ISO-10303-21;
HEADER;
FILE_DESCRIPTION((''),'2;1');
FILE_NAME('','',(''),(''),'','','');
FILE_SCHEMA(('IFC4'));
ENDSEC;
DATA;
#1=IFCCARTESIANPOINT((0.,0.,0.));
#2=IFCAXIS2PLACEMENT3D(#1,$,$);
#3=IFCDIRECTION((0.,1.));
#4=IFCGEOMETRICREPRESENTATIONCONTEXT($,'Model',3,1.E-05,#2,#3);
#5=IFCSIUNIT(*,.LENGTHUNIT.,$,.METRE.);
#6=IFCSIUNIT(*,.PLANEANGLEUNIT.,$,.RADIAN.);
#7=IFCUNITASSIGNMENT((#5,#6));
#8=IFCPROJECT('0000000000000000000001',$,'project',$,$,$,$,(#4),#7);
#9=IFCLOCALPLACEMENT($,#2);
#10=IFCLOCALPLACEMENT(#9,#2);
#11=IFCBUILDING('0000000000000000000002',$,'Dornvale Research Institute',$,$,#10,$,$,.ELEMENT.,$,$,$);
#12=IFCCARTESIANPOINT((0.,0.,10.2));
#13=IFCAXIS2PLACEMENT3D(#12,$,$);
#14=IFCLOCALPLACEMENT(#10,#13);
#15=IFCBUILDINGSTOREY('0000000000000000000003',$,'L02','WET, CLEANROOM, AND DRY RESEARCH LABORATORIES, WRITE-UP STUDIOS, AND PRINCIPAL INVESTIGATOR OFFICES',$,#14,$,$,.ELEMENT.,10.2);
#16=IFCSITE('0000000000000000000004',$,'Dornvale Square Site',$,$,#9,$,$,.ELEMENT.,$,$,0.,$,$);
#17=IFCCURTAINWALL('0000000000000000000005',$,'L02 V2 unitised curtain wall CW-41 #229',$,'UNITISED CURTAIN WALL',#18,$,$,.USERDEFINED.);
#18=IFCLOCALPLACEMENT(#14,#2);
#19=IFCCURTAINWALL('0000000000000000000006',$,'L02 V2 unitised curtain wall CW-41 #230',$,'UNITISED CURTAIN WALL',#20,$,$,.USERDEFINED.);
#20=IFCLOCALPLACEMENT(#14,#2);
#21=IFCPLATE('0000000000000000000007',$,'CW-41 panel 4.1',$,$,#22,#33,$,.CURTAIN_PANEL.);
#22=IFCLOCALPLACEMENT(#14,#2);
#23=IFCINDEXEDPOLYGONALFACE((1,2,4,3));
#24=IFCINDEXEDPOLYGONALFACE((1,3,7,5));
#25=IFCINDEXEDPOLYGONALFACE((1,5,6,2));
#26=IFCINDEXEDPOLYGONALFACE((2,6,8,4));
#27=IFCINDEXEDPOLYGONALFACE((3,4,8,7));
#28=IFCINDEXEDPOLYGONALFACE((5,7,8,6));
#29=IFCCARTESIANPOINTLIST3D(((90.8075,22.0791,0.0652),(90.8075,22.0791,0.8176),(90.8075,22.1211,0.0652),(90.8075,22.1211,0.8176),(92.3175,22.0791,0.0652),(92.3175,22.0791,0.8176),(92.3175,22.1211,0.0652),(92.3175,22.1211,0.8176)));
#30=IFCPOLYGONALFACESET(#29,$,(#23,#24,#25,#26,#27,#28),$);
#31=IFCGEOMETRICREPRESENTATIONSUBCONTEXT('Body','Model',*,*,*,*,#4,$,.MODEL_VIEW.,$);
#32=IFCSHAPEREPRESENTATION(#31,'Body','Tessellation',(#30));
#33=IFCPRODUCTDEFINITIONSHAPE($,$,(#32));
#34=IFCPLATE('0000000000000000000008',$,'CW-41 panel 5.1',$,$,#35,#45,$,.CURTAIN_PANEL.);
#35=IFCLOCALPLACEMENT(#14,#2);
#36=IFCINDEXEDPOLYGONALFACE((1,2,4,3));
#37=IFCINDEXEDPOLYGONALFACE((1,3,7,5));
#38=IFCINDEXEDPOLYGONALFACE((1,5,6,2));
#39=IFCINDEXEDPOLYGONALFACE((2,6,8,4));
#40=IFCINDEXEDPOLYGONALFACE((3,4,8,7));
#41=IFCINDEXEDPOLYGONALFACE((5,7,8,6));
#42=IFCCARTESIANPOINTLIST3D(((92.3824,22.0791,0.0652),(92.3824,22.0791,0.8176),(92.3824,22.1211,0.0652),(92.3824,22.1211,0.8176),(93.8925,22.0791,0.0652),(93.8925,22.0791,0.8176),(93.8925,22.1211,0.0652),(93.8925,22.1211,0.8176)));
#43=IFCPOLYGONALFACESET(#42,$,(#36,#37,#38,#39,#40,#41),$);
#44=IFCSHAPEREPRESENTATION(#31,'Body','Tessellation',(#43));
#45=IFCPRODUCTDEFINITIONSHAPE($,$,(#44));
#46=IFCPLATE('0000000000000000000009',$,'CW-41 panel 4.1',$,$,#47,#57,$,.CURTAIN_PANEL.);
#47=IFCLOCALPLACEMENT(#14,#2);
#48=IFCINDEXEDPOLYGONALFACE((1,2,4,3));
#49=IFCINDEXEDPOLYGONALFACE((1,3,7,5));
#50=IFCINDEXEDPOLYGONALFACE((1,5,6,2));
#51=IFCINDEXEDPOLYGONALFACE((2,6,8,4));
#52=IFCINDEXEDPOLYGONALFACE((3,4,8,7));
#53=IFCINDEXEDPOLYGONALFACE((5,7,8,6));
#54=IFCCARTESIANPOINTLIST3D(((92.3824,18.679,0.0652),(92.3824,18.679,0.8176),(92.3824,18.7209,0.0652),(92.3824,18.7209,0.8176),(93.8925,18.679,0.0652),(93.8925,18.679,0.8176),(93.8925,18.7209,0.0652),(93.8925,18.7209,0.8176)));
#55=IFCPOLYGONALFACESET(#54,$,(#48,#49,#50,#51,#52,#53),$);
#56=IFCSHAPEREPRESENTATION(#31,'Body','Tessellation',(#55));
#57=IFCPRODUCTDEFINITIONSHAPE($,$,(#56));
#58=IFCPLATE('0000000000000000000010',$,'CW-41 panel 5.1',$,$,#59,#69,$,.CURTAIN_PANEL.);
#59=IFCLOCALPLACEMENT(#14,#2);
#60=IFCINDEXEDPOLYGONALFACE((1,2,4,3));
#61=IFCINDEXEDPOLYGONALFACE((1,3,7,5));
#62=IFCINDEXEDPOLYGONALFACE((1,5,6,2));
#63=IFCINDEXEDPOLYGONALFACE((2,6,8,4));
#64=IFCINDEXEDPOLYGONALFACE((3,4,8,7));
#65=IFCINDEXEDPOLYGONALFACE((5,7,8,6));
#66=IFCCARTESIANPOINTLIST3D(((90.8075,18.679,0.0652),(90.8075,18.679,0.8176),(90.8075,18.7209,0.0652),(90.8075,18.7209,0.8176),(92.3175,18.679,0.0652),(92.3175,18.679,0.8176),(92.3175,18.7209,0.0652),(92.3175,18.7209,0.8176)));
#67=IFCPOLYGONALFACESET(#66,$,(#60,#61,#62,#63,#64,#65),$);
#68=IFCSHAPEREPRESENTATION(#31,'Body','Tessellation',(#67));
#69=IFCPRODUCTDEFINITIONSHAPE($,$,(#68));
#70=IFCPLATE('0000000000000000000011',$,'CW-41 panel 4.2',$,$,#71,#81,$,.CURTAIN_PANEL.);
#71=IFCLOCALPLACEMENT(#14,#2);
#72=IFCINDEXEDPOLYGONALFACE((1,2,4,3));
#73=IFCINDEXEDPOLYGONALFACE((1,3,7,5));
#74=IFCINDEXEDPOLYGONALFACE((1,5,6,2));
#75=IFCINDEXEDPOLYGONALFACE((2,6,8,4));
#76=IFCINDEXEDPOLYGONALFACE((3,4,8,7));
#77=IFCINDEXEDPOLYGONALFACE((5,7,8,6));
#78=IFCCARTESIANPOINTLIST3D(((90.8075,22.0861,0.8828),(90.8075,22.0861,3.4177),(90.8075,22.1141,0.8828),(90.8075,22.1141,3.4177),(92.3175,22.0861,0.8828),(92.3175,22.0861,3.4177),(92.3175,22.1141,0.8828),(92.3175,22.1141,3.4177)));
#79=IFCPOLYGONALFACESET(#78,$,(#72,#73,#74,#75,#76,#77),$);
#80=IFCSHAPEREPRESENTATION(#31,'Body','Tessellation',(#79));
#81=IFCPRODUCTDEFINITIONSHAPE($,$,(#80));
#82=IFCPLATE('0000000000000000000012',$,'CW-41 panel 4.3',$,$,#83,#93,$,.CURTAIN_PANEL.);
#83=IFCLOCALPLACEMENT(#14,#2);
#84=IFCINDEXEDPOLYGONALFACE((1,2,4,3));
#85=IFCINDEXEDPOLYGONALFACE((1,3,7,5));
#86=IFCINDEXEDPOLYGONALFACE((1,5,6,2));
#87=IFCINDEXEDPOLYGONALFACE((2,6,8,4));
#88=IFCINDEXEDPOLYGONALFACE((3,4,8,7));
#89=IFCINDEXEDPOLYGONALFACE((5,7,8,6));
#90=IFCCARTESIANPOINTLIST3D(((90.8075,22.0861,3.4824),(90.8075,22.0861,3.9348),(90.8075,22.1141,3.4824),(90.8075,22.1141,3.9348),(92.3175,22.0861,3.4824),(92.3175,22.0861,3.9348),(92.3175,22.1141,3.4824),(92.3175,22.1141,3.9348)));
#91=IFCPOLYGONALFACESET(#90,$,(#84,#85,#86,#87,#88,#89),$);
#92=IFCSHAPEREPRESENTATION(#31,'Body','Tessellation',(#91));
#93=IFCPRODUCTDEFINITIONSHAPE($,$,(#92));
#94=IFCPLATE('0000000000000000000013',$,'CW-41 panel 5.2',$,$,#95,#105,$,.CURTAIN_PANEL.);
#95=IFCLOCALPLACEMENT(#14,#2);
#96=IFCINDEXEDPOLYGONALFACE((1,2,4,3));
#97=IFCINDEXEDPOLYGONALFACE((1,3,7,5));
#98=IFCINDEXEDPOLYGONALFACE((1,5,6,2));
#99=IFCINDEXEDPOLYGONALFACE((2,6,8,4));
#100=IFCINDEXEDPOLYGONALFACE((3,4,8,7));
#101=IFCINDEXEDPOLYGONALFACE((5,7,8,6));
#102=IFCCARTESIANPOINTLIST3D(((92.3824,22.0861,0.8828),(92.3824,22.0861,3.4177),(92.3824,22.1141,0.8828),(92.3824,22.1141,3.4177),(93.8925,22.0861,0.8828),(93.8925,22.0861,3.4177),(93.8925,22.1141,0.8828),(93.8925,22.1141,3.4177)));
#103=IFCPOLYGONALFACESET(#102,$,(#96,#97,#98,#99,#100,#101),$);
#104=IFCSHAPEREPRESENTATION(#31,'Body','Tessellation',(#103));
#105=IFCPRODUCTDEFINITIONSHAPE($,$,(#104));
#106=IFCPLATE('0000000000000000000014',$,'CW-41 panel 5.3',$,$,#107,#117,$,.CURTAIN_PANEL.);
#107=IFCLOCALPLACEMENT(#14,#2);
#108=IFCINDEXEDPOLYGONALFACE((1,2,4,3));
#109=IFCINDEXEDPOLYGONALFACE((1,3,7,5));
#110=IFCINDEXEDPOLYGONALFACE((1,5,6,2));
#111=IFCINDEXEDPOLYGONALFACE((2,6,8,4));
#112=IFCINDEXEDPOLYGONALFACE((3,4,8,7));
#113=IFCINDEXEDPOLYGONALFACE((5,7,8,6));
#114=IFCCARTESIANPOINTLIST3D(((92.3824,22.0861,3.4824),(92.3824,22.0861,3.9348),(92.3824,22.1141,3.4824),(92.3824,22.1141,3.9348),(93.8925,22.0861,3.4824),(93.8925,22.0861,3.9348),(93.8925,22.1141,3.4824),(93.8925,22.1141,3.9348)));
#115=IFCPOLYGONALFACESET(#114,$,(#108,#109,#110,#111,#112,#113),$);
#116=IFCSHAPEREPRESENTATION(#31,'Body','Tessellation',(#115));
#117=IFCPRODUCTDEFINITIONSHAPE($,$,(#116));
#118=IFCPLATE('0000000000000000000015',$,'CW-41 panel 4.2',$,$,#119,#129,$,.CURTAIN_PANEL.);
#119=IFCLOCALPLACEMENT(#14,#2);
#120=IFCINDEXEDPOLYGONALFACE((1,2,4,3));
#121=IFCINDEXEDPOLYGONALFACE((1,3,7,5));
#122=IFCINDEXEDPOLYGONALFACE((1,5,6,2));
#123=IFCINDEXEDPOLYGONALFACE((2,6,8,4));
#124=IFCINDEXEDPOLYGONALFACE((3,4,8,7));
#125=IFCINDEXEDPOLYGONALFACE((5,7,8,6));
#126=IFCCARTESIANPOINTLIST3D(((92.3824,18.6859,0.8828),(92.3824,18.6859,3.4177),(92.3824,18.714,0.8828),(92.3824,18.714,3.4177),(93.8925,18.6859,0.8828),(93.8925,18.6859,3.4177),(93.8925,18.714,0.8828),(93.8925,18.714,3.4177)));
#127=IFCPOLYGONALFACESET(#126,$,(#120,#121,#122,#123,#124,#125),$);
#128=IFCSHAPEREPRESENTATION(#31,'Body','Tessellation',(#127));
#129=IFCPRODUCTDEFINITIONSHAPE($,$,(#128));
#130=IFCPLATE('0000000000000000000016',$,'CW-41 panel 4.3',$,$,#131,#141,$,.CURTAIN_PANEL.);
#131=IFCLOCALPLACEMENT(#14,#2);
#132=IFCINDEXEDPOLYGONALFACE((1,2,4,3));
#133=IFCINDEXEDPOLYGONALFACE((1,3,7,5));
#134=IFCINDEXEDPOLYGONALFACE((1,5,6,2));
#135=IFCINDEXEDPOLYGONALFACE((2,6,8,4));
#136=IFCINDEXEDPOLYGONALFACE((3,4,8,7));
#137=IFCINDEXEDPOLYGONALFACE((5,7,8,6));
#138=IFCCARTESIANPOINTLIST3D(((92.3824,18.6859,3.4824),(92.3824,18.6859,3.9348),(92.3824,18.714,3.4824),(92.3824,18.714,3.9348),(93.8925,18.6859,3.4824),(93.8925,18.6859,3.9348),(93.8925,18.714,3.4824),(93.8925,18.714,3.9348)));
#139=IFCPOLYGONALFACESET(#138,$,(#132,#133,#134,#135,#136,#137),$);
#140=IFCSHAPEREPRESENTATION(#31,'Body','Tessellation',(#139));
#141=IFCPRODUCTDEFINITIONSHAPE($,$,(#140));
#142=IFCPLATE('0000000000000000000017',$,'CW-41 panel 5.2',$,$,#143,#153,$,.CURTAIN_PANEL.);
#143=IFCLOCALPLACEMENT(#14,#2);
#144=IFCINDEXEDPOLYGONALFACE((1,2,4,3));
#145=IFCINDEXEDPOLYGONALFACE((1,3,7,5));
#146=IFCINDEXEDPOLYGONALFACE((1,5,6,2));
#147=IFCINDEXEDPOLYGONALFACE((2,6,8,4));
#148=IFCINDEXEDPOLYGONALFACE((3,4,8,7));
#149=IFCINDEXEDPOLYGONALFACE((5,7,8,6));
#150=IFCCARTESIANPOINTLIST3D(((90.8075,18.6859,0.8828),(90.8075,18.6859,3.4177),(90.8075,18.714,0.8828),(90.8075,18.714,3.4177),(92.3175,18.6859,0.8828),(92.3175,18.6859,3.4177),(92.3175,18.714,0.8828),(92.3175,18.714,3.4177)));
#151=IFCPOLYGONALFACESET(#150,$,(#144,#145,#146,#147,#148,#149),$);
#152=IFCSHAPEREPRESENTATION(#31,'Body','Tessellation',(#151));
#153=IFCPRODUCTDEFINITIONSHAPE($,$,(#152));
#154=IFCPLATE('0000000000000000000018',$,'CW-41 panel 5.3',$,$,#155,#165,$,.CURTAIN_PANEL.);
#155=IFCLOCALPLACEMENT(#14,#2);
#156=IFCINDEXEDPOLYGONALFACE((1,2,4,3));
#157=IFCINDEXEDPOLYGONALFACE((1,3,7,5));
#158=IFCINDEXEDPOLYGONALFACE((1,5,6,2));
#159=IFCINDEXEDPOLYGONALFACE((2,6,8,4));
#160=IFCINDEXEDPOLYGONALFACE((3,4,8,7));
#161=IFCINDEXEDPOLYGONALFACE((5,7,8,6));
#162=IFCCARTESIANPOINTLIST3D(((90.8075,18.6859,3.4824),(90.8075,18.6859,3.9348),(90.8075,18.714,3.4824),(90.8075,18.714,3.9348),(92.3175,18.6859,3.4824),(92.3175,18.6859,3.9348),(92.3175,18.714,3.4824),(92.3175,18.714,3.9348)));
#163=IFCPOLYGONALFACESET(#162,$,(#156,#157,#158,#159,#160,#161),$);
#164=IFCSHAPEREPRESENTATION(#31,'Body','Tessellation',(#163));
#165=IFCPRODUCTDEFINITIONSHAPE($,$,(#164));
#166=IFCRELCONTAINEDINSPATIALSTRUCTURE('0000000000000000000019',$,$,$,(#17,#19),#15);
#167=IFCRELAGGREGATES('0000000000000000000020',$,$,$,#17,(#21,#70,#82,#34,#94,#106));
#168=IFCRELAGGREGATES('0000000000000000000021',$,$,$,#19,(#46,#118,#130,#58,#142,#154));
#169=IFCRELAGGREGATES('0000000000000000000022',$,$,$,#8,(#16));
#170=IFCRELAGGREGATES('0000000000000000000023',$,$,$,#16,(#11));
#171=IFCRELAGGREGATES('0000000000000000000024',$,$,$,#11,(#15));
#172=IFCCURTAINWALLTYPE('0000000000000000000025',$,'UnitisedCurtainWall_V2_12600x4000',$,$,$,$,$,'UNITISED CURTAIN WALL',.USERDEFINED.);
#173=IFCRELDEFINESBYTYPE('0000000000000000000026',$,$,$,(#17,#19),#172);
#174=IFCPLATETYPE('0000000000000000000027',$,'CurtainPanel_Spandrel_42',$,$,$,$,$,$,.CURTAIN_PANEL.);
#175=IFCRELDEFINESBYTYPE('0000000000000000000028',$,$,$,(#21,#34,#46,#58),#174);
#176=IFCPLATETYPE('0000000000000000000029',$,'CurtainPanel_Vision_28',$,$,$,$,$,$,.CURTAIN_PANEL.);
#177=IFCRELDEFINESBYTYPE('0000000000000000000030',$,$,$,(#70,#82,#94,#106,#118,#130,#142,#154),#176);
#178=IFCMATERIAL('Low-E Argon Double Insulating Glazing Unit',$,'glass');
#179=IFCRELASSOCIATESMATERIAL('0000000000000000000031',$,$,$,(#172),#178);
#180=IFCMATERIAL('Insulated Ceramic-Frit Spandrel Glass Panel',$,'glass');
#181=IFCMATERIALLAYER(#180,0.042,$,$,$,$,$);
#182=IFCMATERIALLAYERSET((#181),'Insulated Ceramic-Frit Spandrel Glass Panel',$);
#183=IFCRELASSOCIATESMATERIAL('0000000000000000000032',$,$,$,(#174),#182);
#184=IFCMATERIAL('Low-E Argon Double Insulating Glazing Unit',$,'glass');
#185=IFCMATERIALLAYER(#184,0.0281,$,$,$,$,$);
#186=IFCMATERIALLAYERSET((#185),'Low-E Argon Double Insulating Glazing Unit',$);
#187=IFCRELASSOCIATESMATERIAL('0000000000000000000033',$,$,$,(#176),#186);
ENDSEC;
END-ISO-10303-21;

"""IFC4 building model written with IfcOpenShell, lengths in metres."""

from ifc_helpers import new_model, si_unit, direction, frame, origin, origin_2d, place, context, subcontext, project, spatial, rectangle, extrude, material, layer, layer_set, type_object, element, aggregate, save


model = new_model("IFC4")

# Units and contexts
model_context = context("Model", 3, precision=1e-05, world=origin(), true_north=direction((0.0, 1.0)))
body_context = subcontext(model_context, "Body", "Model", "MODEL_VIEW")
ifc_project = project(units=[si_unit("LENGTHUNIT", "METRE"), si_unit("PLANEANGLEUNIT", "RADIAN")], contexts=[model_context])

# Site, building, storey
site_placement = place(None, origin())
site = spatial("IfcSite", under=ifc_project, at=site_placement, Name="Dornvale Square Site", CompositionType="ELEMENT", RefElevation=0.0)
building_placement = place(site_placement, origin())
building = spatial("IfcBuilding", under=site, at=building_placement, Name="Dornvale Research Institute", CompositionType="ELEMENT")
storey_placement = place(building_placement, frame((0.0, 0.0, 10.2)))
storey = spatial("IfcBuildingStorey", under=building, at=storey_placement, Name="L02", Description="WET, CLEANROOM, AND DRY RESEARCH LABORATORIES, WRITE-UP STUDIOS, AND PRINCIPAL INVESTIGATOR OFFICES", CompositionType="ELEMENT", Elevation=10.2)

# Curtain walls
ifc_material_1 = material(Name="Low-E Argon Double Insulating Glazing Unit", Category="glass")
curtain_wall_type = type_object("IfcCurtainWallType", Name="UnitisedCurtainWall_V2_12600x4000", ElementType="UNITISED CURTAIN WALL", PredefinedType="USERDEFINED", material=ifc_material_1)
curtain_wall_1_placement = place(storey_placement, origin())
curtain_wall_1 = element("IfcCurtainWall", 1, at=curtain_wall_1_placement, inside=storey, type_object=curtain_wall_type, Name="L02 V2 unitised curtain wall CW-41 #229", ObjectType="UNITISED CURTAIN WALL", PredefinedType="USERDEFINED")
curtain_wall_2_placement = place(storey_placement, origin())
curtain_wall_2 = element("IfcCurtainWall", 2, at=curtain_wall_2_placement, inside=storey, type_object=curtain_wall_type, Name="L02 V2 unitised curtain wall CW-41 #230", ObjectType="UNITISED CURTAIN WALL", PredefinedType="USERDEFINED")

# Plates
ifc_material_2 = material(Name="Insulated Ceramic-Frit Spandrel Glass Panel", Category="glass")
ifc_layer_1 = layer(ifc_material_2, 0.042)
ifc_layer_set_1 = layer_set([ifc_layer_1], Name="Insulated Ceramic-Frit Spandrel Glass Panel")
plate_type_1 = type_object("IfcPlateType", Name="CurtainPanel_Spandrel_42", PredefinedType="CURTAIN_PANEL", material=ifc_layer_set_1)
plate_1_placement = place(storey_placement, frame((91.5625, 22.1001, 0.0652), z_axis=(0.0, 0.0, 1.0), x_axis=(1.0, 0.0, 0.0)))
plate_1 = element("IfcPlate", 3, at=plate_1_placement, type_object=plate_type_1, Name="CW-41 panel 4.1", PredefinedType="CURTAIN_PANEL", context=body_context, shape_type="SweptSolid", body=[
    extrude(rectangle(XDim=1.51, YDim=0.042, at=origin_2d()), origin(), (0.0, 0.0, 1.0), 0.7524),
])
plate_2_placement = place(storey_placement, frame((93.1375, 22.1001, 0.0652), z_axis=(0.0, 0.0, 1.0), x_axis=(1.0, 0.0, 0.0)))
plate_2 = element("IfcPlate", 4, at=plate_2_placement, type_object=plate_type_1, Name="CW-41 panel 5.1", PredefinedType="CURTAIN_PANEL", context=body_context, shape_type="SweptSolid", body=[
    extrude(rectangle(XDim=1.51, YDim=0.042, at=origin_2d()), origin(), (0.0, 0.0, 1.0), 0.7524),
])
plate_3_placement = place(storey_placement, frame((93.1375, 18.7, 0.0652), z_axis=(0.0, 0.0, 1.0), x_axis=(-1.0, 0.0, 0.0)))
plate_3 = element("IfcPlate", 5, at=plate_3_placement, type_object=plate_type_1, Name="CW-41 panel 4.1", PredefinedType="CURTAIN_PANEL", context=body_context, shape_type="SweptSolid", body=[
    extrude(rectangle(XDim=1.51, YDim=0.042, at=origin_2d()), origin(), (0.0, 0.0, 1.0), 0.7524),
])
plate_4_placement = place(storey_placement, frame((91.5625, 18.7, 0.0652), z_axis=(0.0, 0.0, 1.0), x_axis=(-1.0, 0.0, 0.0)))
plate_4 = element("IfcPlate", 6, at=plate_4_placement, type_object=plate_type_1, Name="CW-41 panel 5.1", PredefinedType="CURTAIN_PANEL", context=body_context, shape_type="SweptSolid", body=[
    extrude(rectangle(XDim=1.51, YDim=0.042, at=origin_2d()), origin(), (0.0, 0.0, 1.0), 0.7524),
])
ifc_material_3 = material(Name="Low-E Argon Double Insulating Glazing Unit", Category="glass")
ifc_layer_2 = layer(ifc_material_3, 0.0281)
ifc_layer_set_2 = layer_set([ifc_layer_2], Name="Low-E Argon Double Insulating Glazing Unit")
plate_type_2 = type_object("IfcPlateType", Name="CurtainPanel_Vision_28", PredefinedType="CURTAIN_PANEL", material=ifc_layer_set_2)
plate_5_placement = place(storey_placement, frame((91.5625, 22.1001, 0.8828), z_axis=(0.0, 0.0, 1.0), x_axis=(1.0, 0.0, 0.0)))
plate_5 = element("IfcPlate", 7, at=plate_5_placement, type_object=plate_type_2, Name="CW-41 panel 4.2", PredefinedType="CURTAIN_PANEL", context=body_context, shape_type="SweptSolid", body=[
    extrude(rectangle(XDim=1.51, YDim=0.0281, at=origin_2d()), origin(), (0.0, 0.0, 1.0), 2.5349),
])
plate_6_placement = place(storey_placement, frame((91.5625, 22.1001, 3.4824), z_axis=(0.0, 0.0, 1.0), x_axis=(1.0, 0.0, 0.0)))
plate_6 = element("IfcPlate", 8, at=plate_6_placement, type_object=plate_type_2, Name="CW-41 panel 4.3", PredefinedType="CURTAIN_PANEL", context=body_context, shape_type="SweptSolid", body=[
    extrude(rectangle(XDim=1.51, YDim=0.0281, at=origin_2d()), origin(), (0.0, 0.0, 1.0), 0.4524),
])
plate_7_placement = place(storey_placement, frame((93.1375, 22.1001, 0.8828), z_axis=(0.0, 0.0, 1.0), x_axis=(1.0, 0.0, 0.0)))
plate_7 = element("IfcPlate", 9, at=plate_7_placement, type_object=plate_type_2, Name="CW-41 panel 5.2", PredefinedType="CURTAIN_PANEL", context=body_context, shape_type="SweptSolid", body=[
    extrude(rectangle(XDim=1.51, YDim=0.0281, at=origin_2d()), origin(), (0.0, 0.0, 1.0), 2.5349),
])
plate_8_placement = place(storey_placement, frame((93.1375, 22.1001, 3.4824), z_axis=(0.0, 0.0, 1.0), x_axis=(1.0, 0.0, 0.0)))
plate_8 = element("IfcPlate", 10, at=plate_8_placement, type_object=plate_type_2, Name="CW-41 panel 5.3", PredefinedType="CURTAIN_PANEL", context=body_context, shape_type="SweptSolid", body=[
    extrude(rectangle(XDim=1.51, YDim=0.0281, at=origin_2d()), origin(), (0.0, 0.0, 1.0), 0.4524),
])
aggregate(curtain_wall_1, [plate_1, plate_5, plate_6, plate_2, plate_7, plate_8])
plate_9_placement = place(storey_placement, frame((93.1375, 18.7, 0.8828), z_axis=(0.0, 0.0, 1.0), x_axis=(-1.0, 0.0, 0.0)))
plate_9 = element("IfcPlate", 11, at=plate_9_placement, type_object=plate_type_2, Name="CW-41 panel 4.2", PredefinedType="CURTAIN_PANEL", context=body_context, shape_type="SweptSolid", body=[
    extrude(rectangle(XDim=1.51, YDim=0.0281, at=origin_2d()), origin(), (0.0, 0.0, 1.0), 2.5349),
])
plate_10_placement = place(storey_placement, frame((93.1375, 18.7, 3.4824), z_axis=(0.0, 0.0, 1.0), x_axis=(-1.0, 0.0, 0.0)))
plate_10 = element("IfcPlate", 12, at=plate_10_placement, type_object=plate_type_2, Name="CW-41 panel 4.3", PredefinedType="CURTAIN_PANEL", context=body_context, shape_type="SweptSolid", body=[
    extrude(rectangle(XDim=1.51, YDim=0.0281, at=origin_2d()), origin(), (0.0, 0.0, 1.0), 0.4524),
])
plate_11_placement = place(storey_placement, frame((91.5625, 18.7, 0.8828), z_axis=(0.0, 0.0, 1.0), x_axis=(-1.0, 0.0, 0.0)))
plate_11 = element("IfcPlate", 13, at=plate_11_placement, type_object=plate_type_2, Name="CW-41 panel 5.2", PredefinedType="CURTAIN_PANEL", context=body_context, shape_type="SweptSolid", body=[
    extrude(rectangle(XDim=1.51, YDim=0.0281, at=origin_2d()), origin(), (0.0, 0.0, 1.0), 2.5349),
])
plate_12_placement = place(storey_placement, frame((91.5625, 18.7, 3.4824), z_axis=(0.0, 0.0, 1.0), x_axis=(-1.0, 0.0, 0.0)))
plate_12 = element("IfcPlate", 14, at=plate_12_placement, type_object=plate_type_2, Name="CW-41 panel 5.3", PredefinedType="CURTAIN_PANEL", context=body_context, shape_type="SweptSolid", body=[
    extrude(rectangle(XDim=1.51, YDim=0.0281, at=origin_2d()), origin(), (0.0, 0.0, 1.0), 0.4524),
])
aggregate(curtain_wall_2, [plate_3, plate_9, plate_10, plate_4, plate_11, plate_12])

save(model, "model.ifc")
